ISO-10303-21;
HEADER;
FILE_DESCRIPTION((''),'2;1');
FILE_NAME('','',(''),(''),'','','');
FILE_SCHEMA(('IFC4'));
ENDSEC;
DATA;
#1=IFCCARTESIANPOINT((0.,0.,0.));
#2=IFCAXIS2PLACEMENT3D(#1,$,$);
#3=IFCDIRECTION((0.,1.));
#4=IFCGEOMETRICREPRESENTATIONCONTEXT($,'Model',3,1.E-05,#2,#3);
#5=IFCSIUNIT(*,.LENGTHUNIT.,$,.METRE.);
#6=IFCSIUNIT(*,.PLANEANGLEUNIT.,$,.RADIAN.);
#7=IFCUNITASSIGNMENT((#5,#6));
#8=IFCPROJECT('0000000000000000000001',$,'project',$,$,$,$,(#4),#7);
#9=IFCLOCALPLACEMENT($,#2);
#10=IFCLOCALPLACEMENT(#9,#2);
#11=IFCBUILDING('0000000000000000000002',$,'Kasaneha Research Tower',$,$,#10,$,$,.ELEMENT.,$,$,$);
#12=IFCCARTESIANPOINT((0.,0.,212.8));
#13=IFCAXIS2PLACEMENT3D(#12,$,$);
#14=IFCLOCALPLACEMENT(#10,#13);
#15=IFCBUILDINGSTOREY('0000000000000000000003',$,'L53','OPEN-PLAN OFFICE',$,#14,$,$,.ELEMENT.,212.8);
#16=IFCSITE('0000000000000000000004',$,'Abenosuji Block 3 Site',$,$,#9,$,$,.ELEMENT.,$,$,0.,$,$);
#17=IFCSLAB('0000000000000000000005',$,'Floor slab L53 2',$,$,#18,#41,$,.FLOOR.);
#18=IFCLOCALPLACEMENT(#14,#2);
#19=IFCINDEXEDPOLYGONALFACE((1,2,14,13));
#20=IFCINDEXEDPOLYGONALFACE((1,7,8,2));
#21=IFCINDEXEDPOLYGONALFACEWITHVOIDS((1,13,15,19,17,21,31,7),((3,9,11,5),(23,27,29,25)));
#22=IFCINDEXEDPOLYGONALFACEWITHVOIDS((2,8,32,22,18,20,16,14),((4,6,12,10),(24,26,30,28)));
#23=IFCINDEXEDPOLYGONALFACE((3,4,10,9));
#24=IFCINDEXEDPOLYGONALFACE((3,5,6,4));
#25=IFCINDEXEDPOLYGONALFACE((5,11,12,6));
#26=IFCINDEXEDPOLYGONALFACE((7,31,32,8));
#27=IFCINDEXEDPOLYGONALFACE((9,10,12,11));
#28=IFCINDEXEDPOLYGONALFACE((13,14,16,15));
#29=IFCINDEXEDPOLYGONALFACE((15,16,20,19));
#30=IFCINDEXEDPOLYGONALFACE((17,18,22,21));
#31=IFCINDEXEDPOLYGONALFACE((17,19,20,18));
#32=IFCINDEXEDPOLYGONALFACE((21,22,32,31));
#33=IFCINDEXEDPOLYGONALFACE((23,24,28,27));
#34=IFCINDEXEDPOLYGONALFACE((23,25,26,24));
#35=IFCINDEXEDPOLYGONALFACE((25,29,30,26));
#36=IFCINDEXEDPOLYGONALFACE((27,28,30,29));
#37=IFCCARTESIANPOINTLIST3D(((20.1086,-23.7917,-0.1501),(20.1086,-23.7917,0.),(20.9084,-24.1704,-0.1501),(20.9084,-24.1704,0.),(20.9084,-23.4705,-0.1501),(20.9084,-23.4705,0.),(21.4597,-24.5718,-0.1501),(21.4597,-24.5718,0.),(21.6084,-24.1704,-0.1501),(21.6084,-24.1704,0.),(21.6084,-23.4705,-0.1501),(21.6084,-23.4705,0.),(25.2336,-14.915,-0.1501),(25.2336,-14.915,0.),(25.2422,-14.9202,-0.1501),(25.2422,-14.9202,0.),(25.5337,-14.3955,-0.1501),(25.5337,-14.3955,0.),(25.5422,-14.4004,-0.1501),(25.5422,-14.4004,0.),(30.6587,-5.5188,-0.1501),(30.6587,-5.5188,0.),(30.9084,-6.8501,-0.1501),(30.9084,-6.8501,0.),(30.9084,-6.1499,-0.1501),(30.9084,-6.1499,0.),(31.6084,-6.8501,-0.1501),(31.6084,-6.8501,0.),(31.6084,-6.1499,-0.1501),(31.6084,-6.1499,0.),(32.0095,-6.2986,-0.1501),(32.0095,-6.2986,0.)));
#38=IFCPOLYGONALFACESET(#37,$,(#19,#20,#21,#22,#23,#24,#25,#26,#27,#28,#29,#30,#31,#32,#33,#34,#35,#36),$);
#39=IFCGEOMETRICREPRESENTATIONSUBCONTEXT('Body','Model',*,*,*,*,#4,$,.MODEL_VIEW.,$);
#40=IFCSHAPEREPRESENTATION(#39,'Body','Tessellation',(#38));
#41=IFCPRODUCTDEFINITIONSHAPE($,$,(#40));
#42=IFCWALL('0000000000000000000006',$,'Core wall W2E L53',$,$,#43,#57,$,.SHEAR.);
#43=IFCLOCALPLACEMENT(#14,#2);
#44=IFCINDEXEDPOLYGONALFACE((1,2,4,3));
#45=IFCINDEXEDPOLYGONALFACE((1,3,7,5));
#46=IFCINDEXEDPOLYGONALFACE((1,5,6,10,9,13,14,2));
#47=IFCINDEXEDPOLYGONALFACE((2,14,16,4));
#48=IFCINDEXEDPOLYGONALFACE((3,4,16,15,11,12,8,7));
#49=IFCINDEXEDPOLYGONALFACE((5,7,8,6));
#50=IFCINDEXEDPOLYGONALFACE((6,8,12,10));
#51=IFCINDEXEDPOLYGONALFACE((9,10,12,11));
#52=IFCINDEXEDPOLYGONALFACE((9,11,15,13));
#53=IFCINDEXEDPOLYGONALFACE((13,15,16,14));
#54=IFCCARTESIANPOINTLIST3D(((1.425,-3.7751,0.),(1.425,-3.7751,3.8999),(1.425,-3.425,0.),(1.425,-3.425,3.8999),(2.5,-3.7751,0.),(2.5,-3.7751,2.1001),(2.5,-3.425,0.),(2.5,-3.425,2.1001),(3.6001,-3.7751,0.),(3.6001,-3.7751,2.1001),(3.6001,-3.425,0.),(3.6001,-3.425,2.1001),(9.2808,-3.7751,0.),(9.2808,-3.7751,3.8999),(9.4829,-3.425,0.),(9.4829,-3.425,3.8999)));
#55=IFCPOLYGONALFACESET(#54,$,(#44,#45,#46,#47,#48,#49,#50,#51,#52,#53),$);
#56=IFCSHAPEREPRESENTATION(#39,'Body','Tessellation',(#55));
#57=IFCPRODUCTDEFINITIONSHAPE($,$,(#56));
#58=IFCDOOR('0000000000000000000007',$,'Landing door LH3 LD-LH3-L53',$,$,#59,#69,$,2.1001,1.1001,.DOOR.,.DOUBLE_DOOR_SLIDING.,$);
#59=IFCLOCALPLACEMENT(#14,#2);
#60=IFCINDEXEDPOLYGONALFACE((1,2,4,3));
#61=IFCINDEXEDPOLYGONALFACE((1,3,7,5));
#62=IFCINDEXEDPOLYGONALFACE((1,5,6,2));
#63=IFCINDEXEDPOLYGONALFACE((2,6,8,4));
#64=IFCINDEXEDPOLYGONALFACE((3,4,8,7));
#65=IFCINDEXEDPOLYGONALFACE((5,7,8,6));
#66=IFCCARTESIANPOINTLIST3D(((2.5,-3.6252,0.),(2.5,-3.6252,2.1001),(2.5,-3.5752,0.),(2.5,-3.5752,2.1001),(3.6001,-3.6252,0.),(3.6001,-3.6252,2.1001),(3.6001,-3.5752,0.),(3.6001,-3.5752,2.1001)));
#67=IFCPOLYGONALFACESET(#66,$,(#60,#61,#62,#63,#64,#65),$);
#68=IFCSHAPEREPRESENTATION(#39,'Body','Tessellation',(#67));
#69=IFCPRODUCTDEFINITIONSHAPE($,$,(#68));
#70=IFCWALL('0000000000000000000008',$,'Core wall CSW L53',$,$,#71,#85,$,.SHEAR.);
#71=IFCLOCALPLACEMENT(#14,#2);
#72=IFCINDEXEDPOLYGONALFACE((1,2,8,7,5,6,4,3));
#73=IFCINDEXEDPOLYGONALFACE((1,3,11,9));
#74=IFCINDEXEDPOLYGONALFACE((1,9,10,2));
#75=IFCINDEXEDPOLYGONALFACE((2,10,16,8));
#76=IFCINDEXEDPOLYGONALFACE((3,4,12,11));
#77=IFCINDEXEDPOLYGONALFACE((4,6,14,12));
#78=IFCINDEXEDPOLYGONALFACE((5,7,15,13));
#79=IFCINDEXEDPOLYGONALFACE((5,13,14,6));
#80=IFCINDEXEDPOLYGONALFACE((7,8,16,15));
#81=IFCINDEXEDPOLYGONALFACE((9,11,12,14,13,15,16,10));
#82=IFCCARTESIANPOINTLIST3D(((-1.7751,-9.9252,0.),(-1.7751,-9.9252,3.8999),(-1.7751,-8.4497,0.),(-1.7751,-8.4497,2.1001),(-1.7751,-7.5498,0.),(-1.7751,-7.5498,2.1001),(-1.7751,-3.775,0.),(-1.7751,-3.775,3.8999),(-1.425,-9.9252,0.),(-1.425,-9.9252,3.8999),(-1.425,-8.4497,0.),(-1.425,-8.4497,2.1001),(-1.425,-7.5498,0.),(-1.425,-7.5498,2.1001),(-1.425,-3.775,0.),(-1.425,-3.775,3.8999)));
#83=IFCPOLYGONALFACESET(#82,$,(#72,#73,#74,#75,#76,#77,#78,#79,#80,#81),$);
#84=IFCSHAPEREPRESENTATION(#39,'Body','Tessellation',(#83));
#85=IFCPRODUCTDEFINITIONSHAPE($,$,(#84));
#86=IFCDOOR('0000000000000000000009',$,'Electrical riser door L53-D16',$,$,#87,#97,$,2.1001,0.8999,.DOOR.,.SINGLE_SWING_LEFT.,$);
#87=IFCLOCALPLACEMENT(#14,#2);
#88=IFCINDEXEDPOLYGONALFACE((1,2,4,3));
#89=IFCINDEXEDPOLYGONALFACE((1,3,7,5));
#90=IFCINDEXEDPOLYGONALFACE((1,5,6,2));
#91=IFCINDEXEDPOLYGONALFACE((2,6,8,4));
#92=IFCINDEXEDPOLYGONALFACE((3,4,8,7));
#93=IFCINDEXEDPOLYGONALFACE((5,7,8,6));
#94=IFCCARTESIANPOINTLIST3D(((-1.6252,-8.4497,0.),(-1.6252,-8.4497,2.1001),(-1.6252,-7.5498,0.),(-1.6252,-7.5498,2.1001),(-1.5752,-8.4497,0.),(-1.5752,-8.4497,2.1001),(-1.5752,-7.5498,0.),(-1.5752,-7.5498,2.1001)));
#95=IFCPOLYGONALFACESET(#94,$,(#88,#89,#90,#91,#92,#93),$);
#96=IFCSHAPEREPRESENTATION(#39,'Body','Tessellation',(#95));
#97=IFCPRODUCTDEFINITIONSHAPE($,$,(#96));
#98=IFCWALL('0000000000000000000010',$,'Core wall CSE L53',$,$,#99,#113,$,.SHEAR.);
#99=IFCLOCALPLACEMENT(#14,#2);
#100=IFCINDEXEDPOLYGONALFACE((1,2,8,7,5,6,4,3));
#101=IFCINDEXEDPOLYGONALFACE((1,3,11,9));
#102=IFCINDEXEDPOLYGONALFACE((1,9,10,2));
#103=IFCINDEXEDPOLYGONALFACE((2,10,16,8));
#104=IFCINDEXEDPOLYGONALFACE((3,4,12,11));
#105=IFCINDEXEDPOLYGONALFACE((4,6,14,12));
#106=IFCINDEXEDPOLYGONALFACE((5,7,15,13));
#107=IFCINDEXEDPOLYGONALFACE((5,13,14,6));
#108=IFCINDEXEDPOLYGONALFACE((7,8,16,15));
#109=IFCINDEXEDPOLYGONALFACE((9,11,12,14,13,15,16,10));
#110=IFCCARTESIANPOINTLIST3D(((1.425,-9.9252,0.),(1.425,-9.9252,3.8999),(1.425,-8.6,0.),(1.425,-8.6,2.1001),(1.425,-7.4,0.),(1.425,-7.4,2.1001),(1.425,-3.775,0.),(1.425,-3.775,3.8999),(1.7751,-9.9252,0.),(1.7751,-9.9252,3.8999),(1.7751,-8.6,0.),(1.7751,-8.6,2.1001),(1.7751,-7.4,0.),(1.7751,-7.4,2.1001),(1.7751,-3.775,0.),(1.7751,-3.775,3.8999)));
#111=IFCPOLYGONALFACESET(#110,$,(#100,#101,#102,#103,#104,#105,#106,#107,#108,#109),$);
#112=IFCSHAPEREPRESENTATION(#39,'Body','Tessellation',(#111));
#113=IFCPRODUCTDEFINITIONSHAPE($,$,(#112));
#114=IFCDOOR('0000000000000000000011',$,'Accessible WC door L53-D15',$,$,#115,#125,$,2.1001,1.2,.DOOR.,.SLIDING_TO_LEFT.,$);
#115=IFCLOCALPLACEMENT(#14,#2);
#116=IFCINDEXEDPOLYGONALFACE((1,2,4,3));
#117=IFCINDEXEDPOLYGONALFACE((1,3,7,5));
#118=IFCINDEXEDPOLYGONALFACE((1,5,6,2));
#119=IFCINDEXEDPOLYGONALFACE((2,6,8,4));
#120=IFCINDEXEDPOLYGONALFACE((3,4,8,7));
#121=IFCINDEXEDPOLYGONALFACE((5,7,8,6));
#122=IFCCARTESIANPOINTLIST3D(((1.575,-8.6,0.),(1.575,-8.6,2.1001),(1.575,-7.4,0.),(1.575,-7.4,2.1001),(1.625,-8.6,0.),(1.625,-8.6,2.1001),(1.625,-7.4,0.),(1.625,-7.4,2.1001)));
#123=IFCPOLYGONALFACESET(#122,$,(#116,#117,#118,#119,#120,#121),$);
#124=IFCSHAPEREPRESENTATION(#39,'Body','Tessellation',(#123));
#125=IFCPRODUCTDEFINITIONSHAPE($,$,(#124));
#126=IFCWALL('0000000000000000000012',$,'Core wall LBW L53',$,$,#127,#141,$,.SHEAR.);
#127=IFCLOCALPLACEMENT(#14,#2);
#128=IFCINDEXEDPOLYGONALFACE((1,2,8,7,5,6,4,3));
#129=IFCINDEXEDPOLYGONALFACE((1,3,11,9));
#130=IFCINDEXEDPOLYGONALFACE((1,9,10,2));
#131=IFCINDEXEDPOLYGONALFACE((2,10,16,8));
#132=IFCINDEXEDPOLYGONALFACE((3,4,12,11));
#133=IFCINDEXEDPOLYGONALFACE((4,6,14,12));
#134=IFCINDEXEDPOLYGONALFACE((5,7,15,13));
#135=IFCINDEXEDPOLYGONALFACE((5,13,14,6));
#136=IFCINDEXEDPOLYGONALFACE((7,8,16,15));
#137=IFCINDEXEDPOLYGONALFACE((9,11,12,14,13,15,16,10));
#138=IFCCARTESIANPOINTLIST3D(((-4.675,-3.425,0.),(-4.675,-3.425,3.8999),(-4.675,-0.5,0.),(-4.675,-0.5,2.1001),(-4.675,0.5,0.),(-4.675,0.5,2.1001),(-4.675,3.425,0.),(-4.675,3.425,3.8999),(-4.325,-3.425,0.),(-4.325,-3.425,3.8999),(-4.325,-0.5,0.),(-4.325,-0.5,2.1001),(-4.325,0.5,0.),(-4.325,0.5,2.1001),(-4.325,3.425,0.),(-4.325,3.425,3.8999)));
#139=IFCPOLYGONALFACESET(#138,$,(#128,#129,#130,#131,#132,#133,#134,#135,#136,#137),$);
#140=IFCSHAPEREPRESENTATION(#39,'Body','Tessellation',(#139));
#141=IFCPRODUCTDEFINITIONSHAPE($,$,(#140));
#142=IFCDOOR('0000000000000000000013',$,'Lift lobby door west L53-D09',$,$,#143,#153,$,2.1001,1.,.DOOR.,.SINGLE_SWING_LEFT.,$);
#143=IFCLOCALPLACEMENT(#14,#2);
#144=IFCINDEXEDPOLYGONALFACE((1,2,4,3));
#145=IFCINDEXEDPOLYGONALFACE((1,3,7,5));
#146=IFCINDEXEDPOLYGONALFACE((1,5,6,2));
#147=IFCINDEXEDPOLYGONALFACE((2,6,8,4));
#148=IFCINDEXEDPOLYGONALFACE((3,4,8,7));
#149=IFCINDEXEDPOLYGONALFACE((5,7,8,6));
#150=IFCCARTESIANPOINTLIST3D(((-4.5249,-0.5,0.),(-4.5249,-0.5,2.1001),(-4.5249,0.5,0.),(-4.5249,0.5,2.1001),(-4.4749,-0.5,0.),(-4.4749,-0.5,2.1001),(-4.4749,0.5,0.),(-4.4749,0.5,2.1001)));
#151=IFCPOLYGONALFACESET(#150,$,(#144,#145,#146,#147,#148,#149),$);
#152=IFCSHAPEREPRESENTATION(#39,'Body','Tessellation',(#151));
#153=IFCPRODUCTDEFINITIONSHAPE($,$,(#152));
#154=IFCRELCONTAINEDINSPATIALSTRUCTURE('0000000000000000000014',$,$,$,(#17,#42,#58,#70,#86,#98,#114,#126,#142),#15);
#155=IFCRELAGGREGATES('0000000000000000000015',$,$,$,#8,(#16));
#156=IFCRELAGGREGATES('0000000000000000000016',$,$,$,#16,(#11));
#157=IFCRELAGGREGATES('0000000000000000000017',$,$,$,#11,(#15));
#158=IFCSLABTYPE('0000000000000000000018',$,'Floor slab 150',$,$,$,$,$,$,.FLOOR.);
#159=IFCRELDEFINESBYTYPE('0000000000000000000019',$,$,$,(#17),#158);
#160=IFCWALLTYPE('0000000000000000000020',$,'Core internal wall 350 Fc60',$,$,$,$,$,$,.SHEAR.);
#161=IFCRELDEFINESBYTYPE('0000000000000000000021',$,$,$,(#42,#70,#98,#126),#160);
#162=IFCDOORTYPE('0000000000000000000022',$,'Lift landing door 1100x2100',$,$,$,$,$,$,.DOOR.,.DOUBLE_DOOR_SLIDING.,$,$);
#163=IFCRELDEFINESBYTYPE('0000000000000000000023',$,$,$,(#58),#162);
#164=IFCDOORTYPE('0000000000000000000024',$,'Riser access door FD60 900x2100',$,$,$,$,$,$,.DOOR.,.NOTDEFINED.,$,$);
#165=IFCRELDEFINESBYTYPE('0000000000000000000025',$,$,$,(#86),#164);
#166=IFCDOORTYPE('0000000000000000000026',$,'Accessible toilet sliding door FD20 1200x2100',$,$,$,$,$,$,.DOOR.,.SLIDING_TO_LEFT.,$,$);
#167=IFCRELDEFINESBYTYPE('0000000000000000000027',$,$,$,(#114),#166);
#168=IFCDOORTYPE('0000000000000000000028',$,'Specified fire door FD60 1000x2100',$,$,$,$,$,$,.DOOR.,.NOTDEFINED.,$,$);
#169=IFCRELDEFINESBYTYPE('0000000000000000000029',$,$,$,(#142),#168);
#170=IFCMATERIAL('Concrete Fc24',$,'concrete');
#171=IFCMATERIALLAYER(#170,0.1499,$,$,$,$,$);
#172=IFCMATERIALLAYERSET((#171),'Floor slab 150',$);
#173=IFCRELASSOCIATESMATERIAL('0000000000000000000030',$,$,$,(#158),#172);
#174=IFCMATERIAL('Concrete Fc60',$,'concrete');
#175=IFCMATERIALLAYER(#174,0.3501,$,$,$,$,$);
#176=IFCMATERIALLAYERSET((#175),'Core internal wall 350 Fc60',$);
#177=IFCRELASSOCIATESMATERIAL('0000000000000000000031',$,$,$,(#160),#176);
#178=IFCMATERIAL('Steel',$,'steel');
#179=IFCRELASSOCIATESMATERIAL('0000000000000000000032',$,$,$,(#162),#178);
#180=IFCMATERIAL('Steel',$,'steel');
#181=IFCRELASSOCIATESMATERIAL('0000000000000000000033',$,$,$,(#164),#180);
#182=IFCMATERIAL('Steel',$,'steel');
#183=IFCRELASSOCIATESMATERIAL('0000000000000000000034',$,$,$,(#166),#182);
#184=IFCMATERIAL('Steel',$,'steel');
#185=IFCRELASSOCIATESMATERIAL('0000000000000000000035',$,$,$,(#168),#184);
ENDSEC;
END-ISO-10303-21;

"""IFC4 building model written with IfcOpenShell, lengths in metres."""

from ifc_helpers import new_model, si_unit, direction, frame, frame_2d, origin, place, context, subcontext, project, spatial, polyline, rectangle, outline, extrude, material, layer, layer_set, type_object, element, fill, save


model = new_model("IFC4")

# Units and contexts
model_context = context("Model", 3, precision=1e-05, world=origin(), true_north=direction((0.0, 1.0)))
body_context = subcontext(model_context, "Body", "Model", "MODEL_VIEW")
ifc_project = project(units=[si_unit("LENGTHUNIT", "METRE"), si_unit("PLANEANGLEUNIT", "RADIAN")], contexts=[model_context])

# Site, building, storey
site_placement = place(None, origin())
site = spatial("IfcSite", under=ifc_project, at=site_placement, Name="Abenosuji Block 3 Site", CompositionType="ELEMENT", RefElevation=0.0)
building_placement = place(site_placement, origin())
building = spatial("IfcBuilding", under=site, at=building_placement, Name="Kasaneha Research Tower", CompositionType="ELEMENT")
storey_placement = place(building_placement, frame((0.0, 0.0, 212.8)))
storey = spatial("IfcBuildingStorey", under=building, at=storey_placement, Name="L53", Description="OPEN-PLAN OFFICE", CompositionType="ELEMENT", Elevation=212.8)

# Slab
ifc_material_1 = material(Name="Concrete Fc24", Category="concrete")
ifc_layer_1 = layer(ifc_material_1, 0.1499)
ifc_layer_set_1 = layer_set([ifc_layer_1], Name="Floor slab 150")
slab_type_1 = type_object("IfcSlabType", Name="Floor slab 150", PredefinedType="FLOOR", material=ifc_layer_set_1)
slab_1_placement = place(storey_placement, frame((0.0, 0.0, -0.1501)))
element("IfcSlab", 1, at=slab_1_placement, inside=storey, type_object=slab_type_1, Name="Floor slab L53 2", PredefinedType="FLOOR", context=body_context, shape_type="SweptSolid", body=[
    extrude(outline(polyline([(20.1086, -23.7917), (25.2336, -14.915), (25.2422, -14.9202), (25.5422, -14.4004), (25.5337, -14.3955), (30.6587, -5.5188), (32.0095, -6.2986), (21.4597, -24.5718), (20.1086, -23.7917)]), holes=[polyline([(20.9084, -23.4705), (20.9084, -24.1704), (21.6084, -24.1704), (21.6084, -23.4705), (20.9084, -23.4705)]), polyline([(30.9084, -6.1499), (30.9084, -6.8501), (31.6084, -6.8501), (31.6084, -6.1499), (30.9084, -6.1499)])]), origin(), (0.0, 0.0, 1.0), 0.1501),
])

# Walls, openings, doors
ifc_material_2 = material(Name="Concrete Fc60", Category="concrete")
ifc_layer_2 = layer(ifc_material_2, 0.3501)
ifc_layer_set_2 = layer_set([ifc_layer_2], Name="Core internal wall 350 Fc60")
wall_type = type_object("IfcWallType", Name="Core internal wall 350 Fc60", PredefinedType="SHEAR", material=ifc_layer_set_2)
wall_1_placement = place(storey_placement, frame((1.425, -3.6001, 0.0), z_axis=(0.0, 0.0, 1.0), x_axis=(1.0, 0.0, 0.0)))
wall_1 = element("IfcWall", 2, at=wall_1_placement, inside=storey, type_object=wall_type, Name="Core wall W2E L53", PredefinedType="SHEAR", context=body_context, shape_type="SweptSolid", body=[
    extrude(outline(polyline([(0.0, -0.175), (1.075, -0.175), (2.175, -0.175), (7.8557, -0.175), (8.0579, 0.175), (2.175, 0.175), (1.075, 0.175), (0.0, 0.175), (0.0, -0.175)])), origin(), (0.0, 0.0, 1.0), 3.8999),
])
opening_1_placement = place(wall_1_placement, frame((1.075, 0.0, 0.0)))
opening_1 = element("IfcOpeningElement", 3, at=opening_1_placement, cuts=wall_1, PredefinedType="OPENING", context=body_context, shape_type="SweptSolid", body=[
    extrude(rectangle(XDim=1.1001, YDim=2.1001, at=frame_2d((0.55, 1.05))), frame((0.0, 0.1851, 0.0), z_axis=(0.0, -1.0, 0.0), x_axis=(1.0, 0.0, 0.0)), (0.0, 0.0, 1.0), 0.3701),
])
ifc_material_3 = material(Name="Steel", Category="steel")
door_type_1 = type_object("IfcDoorType", Name="Lift landing door 1100x2100", OperationType="DOUBLE_DOOR_SLIDING", PredefinedType="DOOR", material=ifc_material_3)
door_1_placement = place(opening_1_placement, origin())
door_1 = element("IfcDoor", 4, at=door_1_placement, inside=storey, type_object=door_type_1, Name="Landing door LH3 LD-LH3-L53", OperationType="DOUBLE_DOOR_SLIDING", OverallHeight=2.1001, OverallWidth=1.1001, PredefinedType="DOOR", context=body_context, shape_type="SweptSolid", body=[
    extrude(rectangle(XDim=1.1001, YDim=2.1001, at=frame_2d((0.55, 1.05))), frame((0.0, 0.0249, 0.0), z_axis=(0.0, -1.0, 0.0), x_axis=(1.0, 0.0, 0.0)), (0.0, 0.0, 1.0), 0.05),
])
fill(opening_1, door_1)
wall_2_placement = place(storey_placement, frame((-1.6001, -3.7749, 0.0), z_axis=(0.0, 0.0, 1.0), x_axis=(0.0, -1.0, 0.0)))
wall_2 = element("IfcWall", 5, at=wall_2_placement, inside=storey, type_object=wall_type, Name="Core wall CSW L53", PredefinedType="SHEAR", context=body_context, shape_type="SweptSolid", body=[
    extrude(rectangle(XDim=6.1501, YDim=0.3501, at=frame_2d((3.0752, 0.0))), origin(), (0.0, 0.0, 1.0), 3.8999),
])
opening_2_placement = place(wall_2_placement, frame((3.7749, 0.0, 0.0)))
opening_2 = element("IfcOpeningElement", 6, at=opening_2_placement, cuts=wall_2, PredefinedType="OPENING", context=body_context, shape_type="SweptSolid", body=[
    extrude(rectangle(XDim=0.8999, YDim=2.1001, at=frame_2d((0.45, 1.05))), frame((0.0, 0.1851, 0.0), z_axis=(0.0, -1.0, 0.0), x_axis=(1.0, 0.0, 0.0)), (0.0, 0.0, 1.0), 0.3701),
])
ifc_material_4 = material(Name="Steel", Category="steel")
door_type_2 = type_object("IfcDoorType", Name="Riser access door FD60 900x2100", OperationType="NOTDEFINED", PredefinedType="DOOR", material=ifc_material_4)
door_2_placement = place(opening_2_placement, origin())
door_2 = element("IfcDoor", 7, at=door_2_placement, inside=storey, type_object=door_type_2, Name="Electrical riser door L53-D16", OperationType="SINGLE_SWING_LEFT", OverallHeight=2.1001, OverallWidth=0.8999, PredefinedType="DOOR", context=body_context, shape_type="SweptSolid", body=[
    extrude(rectangle(XDim=0.8999, YDim=2.1001, at=frame_2d((0.45, 1.05))), frame((0.0, 0.0249, 0.0), z_axis=(0.0, -1.0, 0.0), x_axis=(1.0, 0.0, 0.0)), (0.0, 0.0, 1.0), 0.05),
])
fill(opening_2, door_2)
wall_3_placement = place(storey_placement, frame((1.6001, -3.7749, 0.0), z_axis=(0.0, 0.0, 1.0), x_axis=(0.0, -1.0, 0.0)))
wall_3 = element("IfcWall", 8, at=wall_3_placement, inside=storey, type_object=wall_type, Name="Core wall CSE L53", PredefinedType="SHEAR", context=body_context, shape_type="SweptSolid", body=[
    extrude(rectangle(XDim=6.1501, YDim=0.3501, at=frame_2d((3.0752, 0.0))), origin(), (0.0, 0.0, 1.0), 3.8999),
])
opening_3_placement = place(wall_3_placement, frame((3.625, 0.0, 0.0)))
opening_3 = element("IfcOpeningElement", 9, at=opening_3_placement, cuts=wall_3, PredefinedType="OPENING", context=body_context, shape_type="SweptSolid", body=[
    extrude(rectangle(XDim=1.2, YDim=2.1001, at=frame_2d((0.6001, 1.05))), frame((0.0, 0.1851, 0.0), z_axis=(0.0, -1.0, 0.0), x_axis=(1.0, 0.0, 0.0)), (0.0, 0.0, 1.0), 0.3701),
])
ifc_material_5 = material(Name="Steel", Category="steel")
door_type_3 = type_object("IfcDoorType", Name="Accessible toilet sliding door FD20 1200x2100", OperationType="SLIDING_TO_LEFT", PredefinedType="DOOR", material=ifc_material_5)
door_3_placement = place(opening_3_placement, origin())
door_3 = element("IfcDoor", 10, at=door_3_placement, inside=storey, type_object=door_type_3, Name="Accessible WC door L53-D15", OperationType="SLIDING_TO_LEFT", OverallHeight=2.1001, OverallWidth=1.2, PredefinedType="DOOR", context=body_context, shape_type="SweptSolid", body=[
    extrude(rectangle(XDim=1.2, YDim=2.1001, at=frame_2d((0.6001, 1.05))), frame((0.0, 0.0249, 0.0), z_axis=(0.0, -1.0, 0.0), x_axis=(1.0, 0.0, 0.0)), (0.0, 0.0, 1.0), 0.05),
])
fill(opening_3, door_3)
wall_4_placement = place(storey_placement, frame((-4.5, -3.425, 0.0), z_axis=(0.0, 0.0, 1.0), x_axis=(0.0, 1.0, 0.0)))
wall_4 = element("IfcWall", 11, at=wall_4_placement, inside=storey, type_object=wall_type, Name="Core wall LBW L53", PredefinedType="SHEAR", context=body_context, shape_type="SweptSolid", body=[
    extrude(rectangle(XDim=6.8501, YDim=0.3501, at=frame_2d((3.425, 0.0))), origin(), (0.0, 0.0, 1.0), 3.8999),
])
opening_4_placement = place(wall_4_placement, frame((2.925, 0.0, 0.0)))
opening_4 = element("IfcOpeningElement", 12, at=opening_4_placement, cuts=wall_4, PredefinedType="OPENING", context=body_context, shape_type="SweptSolid", body=[
    extrude(rectangle(XDim=1.0, YDim=2.1001, at=frame_2d((0.5, 1.05))), frame((0.0, 0.1851, 0.0), z_axis=(0.0, -1.0, 0.0), x_axis=(1.0, 0.0, 0.0)), (0.0, 0.0, 1.0), 0.3701),
])
ifc_material_6 = material(Name="Steel", Category="steel")
door_type_4 = type_object("IfcDoorType", Name="Specified fire door FD60 1000x2100", OperationType="NOTDEFINED", PredefinedType="DOOR", material=ifc_material_6)
door_4_placement = place(opening_4_placement, origin())
door_4 = element("IfcDoor", 13, at=door_4_placement, inside=storey, type_object=door_type_4, Name="Lift lobby door west L53-D09", OperationType="SINGLE_SWING_LEFT", OverallHeight=2.1001, OverallWidth=1.0, PredefinedType="DOOR", context=body_context, shape_type="SweptSolid", body=[
    extrude(rectangle(XDim=1.0, YDim=2.1001, at=frame_2d((0.5, 1.05))), frame((0.0, 0.0249, 0.0), z_axis=(0.0, -1.0, 0.0), x_axis=(1.0, 0.0, 0.0)), (0.0, 0.0, 1.0), 0.05),
])
fill(opening_4, door_4)

save(model, "model.ifc")
